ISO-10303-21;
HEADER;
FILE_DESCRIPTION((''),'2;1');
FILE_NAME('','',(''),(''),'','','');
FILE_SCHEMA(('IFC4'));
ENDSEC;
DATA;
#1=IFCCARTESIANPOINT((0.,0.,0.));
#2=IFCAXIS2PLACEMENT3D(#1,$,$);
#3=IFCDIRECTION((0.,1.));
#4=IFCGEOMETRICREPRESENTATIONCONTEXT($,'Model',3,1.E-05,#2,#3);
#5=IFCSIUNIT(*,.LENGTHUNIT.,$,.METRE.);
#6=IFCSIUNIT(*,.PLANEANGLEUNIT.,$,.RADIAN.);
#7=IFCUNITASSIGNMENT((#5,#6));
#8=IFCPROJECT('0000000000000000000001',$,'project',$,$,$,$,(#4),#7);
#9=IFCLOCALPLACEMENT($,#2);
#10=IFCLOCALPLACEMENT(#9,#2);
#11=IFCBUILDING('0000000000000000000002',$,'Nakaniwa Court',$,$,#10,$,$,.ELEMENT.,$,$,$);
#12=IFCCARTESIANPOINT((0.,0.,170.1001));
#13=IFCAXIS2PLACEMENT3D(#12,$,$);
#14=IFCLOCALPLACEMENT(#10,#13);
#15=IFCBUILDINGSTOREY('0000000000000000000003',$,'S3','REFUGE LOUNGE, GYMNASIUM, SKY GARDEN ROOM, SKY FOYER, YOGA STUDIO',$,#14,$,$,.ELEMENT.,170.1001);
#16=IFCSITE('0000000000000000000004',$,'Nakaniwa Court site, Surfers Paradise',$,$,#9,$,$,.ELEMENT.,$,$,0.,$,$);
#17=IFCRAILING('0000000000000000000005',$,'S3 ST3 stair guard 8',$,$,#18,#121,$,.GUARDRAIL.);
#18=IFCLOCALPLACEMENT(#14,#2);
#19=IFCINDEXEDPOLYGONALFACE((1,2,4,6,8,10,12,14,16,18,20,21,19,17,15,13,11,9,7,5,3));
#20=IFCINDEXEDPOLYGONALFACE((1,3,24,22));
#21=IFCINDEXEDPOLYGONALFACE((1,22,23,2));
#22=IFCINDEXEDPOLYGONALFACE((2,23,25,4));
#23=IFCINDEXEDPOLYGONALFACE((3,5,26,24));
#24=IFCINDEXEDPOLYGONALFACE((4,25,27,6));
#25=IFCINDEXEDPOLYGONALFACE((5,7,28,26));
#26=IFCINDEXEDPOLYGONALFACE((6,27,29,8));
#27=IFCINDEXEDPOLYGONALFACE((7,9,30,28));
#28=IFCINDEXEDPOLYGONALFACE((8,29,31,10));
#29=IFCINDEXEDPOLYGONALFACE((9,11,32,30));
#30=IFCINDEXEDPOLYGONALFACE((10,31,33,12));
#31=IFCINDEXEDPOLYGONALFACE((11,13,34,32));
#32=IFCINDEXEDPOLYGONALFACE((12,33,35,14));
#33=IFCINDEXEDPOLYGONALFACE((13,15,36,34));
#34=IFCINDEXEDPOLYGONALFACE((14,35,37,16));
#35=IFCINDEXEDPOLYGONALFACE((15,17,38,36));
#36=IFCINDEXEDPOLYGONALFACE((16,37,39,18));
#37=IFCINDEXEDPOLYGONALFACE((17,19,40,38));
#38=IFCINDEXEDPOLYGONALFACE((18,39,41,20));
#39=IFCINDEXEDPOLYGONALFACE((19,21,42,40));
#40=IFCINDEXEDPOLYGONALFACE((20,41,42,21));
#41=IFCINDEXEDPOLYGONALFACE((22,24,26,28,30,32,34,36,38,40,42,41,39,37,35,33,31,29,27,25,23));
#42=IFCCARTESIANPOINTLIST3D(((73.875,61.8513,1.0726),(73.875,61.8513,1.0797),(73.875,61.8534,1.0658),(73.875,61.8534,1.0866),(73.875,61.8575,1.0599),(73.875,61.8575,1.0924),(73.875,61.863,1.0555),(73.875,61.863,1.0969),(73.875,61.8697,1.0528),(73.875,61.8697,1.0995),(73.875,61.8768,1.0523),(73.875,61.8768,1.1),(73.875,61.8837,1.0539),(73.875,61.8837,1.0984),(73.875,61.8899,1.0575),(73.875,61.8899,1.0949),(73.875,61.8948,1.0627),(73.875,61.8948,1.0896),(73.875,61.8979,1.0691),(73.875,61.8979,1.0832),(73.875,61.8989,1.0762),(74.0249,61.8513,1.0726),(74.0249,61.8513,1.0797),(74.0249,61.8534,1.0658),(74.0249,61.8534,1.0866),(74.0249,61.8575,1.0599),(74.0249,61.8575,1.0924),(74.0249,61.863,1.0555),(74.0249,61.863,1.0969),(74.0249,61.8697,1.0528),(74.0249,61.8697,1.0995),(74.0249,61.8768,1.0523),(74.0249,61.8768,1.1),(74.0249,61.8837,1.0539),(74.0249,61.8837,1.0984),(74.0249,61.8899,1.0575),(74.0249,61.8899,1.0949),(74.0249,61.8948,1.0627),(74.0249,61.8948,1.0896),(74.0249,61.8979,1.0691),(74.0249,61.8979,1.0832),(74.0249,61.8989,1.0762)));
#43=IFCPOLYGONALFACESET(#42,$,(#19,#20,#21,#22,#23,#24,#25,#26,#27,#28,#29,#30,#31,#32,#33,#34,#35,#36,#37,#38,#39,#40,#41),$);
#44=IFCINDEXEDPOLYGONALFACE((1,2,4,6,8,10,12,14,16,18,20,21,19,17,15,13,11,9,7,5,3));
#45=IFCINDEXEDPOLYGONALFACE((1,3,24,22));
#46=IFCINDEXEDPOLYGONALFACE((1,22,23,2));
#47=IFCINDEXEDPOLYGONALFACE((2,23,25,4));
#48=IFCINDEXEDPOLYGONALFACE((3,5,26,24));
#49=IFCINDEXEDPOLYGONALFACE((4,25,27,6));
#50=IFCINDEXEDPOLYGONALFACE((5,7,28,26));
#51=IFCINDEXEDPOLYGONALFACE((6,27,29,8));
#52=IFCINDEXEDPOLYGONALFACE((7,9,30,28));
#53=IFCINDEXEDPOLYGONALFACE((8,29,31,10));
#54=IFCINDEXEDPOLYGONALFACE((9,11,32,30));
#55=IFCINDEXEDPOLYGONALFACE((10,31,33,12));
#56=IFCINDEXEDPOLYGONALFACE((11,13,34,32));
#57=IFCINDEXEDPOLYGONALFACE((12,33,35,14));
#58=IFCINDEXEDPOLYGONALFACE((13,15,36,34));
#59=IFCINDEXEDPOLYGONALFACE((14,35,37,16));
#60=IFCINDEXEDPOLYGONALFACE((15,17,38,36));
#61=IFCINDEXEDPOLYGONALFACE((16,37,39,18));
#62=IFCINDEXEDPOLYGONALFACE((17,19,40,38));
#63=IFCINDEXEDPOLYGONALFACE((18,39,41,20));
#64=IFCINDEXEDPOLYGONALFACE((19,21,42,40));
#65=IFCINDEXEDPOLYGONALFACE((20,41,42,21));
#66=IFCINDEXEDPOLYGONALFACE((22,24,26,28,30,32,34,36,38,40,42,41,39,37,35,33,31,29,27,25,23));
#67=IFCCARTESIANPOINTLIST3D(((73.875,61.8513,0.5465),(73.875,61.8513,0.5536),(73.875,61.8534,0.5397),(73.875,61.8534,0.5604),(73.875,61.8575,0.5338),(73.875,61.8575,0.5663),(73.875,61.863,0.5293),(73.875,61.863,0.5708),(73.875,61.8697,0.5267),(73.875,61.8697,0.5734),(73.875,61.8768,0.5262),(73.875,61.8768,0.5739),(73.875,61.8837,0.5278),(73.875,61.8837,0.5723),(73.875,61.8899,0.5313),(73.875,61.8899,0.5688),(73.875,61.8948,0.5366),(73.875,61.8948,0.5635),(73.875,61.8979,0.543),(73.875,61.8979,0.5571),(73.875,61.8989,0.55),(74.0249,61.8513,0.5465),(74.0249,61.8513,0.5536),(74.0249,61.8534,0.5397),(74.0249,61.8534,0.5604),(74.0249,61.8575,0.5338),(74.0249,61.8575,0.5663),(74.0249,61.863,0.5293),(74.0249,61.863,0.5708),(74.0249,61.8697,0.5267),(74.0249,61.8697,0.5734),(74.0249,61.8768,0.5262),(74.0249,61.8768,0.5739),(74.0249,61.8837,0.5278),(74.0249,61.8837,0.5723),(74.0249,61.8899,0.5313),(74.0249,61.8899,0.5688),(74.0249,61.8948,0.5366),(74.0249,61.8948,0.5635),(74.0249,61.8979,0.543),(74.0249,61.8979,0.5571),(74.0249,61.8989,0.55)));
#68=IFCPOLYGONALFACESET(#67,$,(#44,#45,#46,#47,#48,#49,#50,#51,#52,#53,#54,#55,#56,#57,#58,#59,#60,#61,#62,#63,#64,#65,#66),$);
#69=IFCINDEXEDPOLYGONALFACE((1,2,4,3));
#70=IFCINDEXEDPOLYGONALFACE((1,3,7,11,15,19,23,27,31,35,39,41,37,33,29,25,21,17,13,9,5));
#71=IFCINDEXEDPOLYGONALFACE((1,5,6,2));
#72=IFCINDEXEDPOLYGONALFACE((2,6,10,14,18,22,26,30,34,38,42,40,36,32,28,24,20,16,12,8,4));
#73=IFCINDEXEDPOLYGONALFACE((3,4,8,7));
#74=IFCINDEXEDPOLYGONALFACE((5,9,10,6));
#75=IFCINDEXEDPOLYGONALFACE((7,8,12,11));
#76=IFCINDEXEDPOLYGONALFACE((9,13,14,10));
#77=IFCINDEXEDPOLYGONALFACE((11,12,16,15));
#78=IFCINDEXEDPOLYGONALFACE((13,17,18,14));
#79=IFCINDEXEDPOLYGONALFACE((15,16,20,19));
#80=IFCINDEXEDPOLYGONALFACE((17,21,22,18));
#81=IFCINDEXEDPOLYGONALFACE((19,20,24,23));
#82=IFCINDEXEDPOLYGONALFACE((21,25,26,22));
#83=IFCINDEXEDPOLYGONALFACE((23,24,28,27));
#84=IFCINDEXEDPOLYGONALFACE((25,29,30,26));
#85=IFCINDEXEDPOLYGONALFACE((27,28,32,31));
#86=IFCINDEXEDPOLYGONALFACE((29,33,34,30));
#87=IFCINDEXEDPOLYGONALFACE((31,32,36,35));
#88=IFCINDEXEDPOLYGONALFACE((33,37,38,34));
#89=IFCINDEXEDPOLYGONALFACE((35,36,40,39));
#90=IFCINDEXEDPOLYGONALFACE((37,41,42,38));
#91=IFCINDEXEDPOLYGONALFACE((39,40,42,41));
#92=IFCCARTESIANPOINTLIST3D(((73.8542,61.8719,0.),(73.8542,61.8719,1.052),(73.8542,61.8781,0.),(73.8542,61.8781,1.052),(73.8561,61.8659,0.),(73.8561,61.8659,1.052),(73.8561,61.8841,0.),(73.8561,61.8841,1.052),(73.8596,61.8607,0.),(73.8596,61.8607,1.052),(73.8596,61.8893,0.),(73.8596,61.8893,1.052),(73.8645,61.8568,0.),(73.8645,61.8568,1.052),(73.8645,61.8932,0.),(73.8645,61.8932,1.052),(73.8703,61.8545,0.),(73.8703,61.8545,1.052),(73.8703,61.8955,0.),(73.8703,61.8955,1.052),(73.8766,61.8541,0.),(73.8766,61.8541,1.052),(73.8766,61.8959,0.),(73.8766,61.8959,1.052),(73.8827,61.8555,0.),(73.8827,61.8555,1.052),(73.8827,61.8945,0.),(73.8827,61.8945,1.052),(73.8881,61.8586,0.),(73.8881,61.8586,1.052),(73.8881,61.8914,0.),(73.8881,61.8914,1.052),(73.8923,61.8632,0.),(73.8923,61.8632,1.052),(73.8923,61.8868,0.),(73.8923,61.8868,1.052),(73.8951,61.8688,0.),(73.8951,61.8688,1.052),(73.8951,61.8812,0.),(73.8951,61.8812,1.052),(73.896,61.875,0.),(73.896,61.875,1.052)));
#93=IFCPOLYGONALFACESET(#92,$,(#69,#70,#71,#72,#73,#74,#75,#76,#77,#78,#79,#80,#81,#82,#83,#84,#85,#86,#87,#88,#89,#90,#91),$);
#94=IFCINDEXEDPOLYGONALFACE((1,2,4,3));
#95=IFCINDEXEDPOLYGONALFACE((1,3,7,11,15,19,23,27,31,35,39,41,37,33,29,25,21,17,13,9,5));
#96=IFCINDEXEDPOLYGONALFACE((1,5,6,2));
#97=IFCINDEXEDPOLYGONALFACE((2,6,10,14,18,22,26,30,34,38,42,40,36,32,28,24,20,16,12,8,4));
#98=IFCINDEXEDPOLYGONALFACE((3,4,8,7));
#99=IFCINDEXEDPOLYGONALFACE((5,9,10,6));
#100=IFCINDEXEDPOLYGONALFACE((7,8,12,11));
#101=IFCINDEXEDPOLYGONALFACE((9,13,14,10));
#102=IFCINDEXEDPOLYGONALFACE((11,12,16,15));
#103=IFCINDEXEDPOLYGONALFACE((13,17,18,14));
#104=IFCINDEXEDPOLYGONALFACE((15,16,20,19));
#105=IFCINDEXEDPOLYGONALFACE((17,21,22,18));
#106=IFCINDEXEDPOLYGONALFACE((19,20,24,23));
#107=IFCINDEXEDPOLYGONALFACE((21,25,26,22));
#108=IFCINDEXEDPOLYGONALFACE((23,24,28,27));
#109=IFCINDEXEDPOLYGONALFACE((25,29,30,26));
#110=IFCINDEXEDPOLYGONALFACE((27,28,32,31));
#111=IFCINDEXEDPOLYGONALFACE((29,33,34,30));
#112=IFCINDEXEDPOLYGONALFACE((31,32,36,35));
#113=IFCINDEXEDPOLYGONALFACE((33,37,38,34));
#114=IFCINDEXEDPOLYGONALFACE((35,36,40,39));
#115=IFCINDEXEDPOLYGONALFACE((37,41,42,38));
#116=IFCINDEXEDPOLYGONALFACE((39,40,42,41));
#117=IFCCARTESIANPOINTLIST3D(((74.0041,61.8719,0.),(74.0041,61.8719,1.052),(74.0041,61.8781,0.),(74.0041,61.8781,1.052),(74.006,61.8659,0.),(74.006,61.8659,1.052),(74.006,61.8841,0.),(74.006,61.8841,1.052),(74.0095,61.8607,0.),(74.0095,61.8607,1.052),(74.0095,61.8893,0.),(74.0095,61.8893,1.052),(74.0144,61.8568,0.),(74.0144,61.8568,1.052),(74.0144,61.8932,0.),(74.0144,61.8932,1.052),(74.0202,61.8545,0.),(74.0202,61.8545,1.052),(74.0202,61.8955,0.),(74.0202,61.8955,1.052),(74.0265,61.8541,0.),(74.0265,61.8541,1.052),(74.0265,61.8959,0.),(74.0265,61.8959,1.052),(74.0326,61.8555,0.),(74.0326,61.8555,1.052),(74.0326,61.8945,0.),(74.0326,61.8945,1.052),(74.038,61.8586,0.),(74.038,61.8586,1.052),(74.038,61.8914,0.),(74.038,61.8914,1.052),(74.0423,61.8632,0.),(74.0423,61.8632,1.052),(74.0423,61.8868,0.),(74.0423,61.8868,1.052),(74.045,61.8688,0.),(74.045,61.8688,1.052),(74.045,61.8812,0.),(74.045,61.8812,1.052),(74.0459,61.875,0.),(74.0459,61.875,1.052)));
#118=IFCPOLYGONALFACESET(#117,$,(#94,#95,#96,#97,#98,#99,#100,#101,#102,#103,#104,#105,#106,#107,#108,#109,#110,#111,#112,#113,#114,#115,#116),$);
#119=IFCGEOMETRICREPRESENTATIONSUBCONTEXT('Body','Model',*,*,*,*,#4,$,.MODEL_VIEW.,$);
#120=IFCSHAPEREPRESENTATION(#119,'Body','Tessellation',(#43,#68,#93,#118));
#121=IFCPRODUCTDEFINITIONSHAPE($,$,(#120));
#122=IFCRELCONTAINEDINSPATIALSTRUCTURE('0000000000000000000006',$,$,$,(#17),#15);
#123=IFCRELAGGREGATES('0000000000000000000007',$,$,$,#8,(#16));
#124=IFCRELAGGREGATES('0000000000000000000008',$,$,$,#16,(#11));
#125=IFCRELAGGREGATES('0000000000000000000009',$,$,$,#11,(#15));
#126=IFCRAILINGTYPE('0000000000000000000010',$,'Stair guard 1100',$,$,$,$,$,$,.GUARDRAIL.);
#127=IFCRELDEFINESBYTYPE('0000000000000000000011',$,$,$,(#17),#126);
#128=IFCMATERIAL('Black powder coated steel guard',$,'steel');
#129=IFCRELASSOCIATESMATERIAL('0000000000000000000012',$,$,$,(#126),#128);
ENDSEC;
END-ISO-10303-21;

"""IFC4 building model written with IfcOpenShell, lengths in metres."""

from ifc_helpers import new_model, si_unit, direction, frame, origin, origin_2d, place, context, subcontext, project, spatial, circle, extrude, material, type_object, element, save


model = new_model("IFC4")

# Units and contexts
model_context = context("Model", 3, precision=1e-05, world=origin(), true_north=direction((0.0, 1.0)))
body_context = subcontext(model_context, "Body", "Model", "MODEL_VIEW")
ifc_project = project(units=[si_unit("LENGTHUNIT", "METRE"), si_unit("PLANEANGLEUNIT", "RADIAN")], contexts=[model_context])

# Site, building, storey
site_placement = place(None, origin())
site = spatial("IfcSite", under=ifc_project, at=site_placement, Name="Nakaniwa Court site, Surfers Paradise", CompositionType="ELEMENT", RefElevation=0.0)
building_placement = place(site_placement, origin())
building = spatial("IfcBuilding", under=site, at=building_placement, Name="Nakaniwa Court", CompositionType="ELEMENT")
storey_placement = place(building_placement, frame((0.0, 0.0, 170.1001)))
storey = spatial("IfcBuildingStorey", under=building, at=storey_placement, Name="S3", Description="REFUGE LOUNGE, GYMNASIUM, SKY GARDEN ROOM, SKY FOYER, YOGA STUDIO", CompositionType="ELEMENT", Elevation=170.1001)

# Railing
ifc_material_1 = material(Name="Black powder coated steel guard", Category="steel")
railing_type_1 = type_object("IfcRailingType", Name="Stair guard 1100", PredefinedType="GUARDRAIL", material=ifc_material_1)
railing_1_placement = place(storey_placement, frame((73.875, 61.875, 0.0)))
element("IfcRailing", 1, at=railing_1_placement, inside=storey, type_object=railing_type_1, Name="S3 ST3 stair guard 8", PredefinedType="GUARDRAIL", context=body_context, shape_type="SweptSolid", body=[
    extrude(circle(Radius=0.0239, at=origin_2d()), frame((0.0, 0.0, 1.0762), z_axis=(1.0, 0.0, 0.0), x_axis=(0.0, 1.0, 0.0)), (0.0, 0.0, 1.0), 0.1499),
    extrude(circle(Radius=0.0239, at=origin_2d()), frame((0.0, 0.0, 0.55), z_axis=(1.0, 0.0, 0.0), x_axis=(0.0, 1.0, 0.0)), (0.0, 0.0, 1.0), 0.1499),
    extrude(circle(Radius=0.021, at=origin_2d()), origin(), (0.0, 0.0, 1.0), 1.052),
    extrude(circle(Radius=0.021, at=origin_2d()), frame((0.1499, 0.0, 0.0)), (0.0, 0.0, 1.0), 1.052),
])

save(model, "model.ifc")
